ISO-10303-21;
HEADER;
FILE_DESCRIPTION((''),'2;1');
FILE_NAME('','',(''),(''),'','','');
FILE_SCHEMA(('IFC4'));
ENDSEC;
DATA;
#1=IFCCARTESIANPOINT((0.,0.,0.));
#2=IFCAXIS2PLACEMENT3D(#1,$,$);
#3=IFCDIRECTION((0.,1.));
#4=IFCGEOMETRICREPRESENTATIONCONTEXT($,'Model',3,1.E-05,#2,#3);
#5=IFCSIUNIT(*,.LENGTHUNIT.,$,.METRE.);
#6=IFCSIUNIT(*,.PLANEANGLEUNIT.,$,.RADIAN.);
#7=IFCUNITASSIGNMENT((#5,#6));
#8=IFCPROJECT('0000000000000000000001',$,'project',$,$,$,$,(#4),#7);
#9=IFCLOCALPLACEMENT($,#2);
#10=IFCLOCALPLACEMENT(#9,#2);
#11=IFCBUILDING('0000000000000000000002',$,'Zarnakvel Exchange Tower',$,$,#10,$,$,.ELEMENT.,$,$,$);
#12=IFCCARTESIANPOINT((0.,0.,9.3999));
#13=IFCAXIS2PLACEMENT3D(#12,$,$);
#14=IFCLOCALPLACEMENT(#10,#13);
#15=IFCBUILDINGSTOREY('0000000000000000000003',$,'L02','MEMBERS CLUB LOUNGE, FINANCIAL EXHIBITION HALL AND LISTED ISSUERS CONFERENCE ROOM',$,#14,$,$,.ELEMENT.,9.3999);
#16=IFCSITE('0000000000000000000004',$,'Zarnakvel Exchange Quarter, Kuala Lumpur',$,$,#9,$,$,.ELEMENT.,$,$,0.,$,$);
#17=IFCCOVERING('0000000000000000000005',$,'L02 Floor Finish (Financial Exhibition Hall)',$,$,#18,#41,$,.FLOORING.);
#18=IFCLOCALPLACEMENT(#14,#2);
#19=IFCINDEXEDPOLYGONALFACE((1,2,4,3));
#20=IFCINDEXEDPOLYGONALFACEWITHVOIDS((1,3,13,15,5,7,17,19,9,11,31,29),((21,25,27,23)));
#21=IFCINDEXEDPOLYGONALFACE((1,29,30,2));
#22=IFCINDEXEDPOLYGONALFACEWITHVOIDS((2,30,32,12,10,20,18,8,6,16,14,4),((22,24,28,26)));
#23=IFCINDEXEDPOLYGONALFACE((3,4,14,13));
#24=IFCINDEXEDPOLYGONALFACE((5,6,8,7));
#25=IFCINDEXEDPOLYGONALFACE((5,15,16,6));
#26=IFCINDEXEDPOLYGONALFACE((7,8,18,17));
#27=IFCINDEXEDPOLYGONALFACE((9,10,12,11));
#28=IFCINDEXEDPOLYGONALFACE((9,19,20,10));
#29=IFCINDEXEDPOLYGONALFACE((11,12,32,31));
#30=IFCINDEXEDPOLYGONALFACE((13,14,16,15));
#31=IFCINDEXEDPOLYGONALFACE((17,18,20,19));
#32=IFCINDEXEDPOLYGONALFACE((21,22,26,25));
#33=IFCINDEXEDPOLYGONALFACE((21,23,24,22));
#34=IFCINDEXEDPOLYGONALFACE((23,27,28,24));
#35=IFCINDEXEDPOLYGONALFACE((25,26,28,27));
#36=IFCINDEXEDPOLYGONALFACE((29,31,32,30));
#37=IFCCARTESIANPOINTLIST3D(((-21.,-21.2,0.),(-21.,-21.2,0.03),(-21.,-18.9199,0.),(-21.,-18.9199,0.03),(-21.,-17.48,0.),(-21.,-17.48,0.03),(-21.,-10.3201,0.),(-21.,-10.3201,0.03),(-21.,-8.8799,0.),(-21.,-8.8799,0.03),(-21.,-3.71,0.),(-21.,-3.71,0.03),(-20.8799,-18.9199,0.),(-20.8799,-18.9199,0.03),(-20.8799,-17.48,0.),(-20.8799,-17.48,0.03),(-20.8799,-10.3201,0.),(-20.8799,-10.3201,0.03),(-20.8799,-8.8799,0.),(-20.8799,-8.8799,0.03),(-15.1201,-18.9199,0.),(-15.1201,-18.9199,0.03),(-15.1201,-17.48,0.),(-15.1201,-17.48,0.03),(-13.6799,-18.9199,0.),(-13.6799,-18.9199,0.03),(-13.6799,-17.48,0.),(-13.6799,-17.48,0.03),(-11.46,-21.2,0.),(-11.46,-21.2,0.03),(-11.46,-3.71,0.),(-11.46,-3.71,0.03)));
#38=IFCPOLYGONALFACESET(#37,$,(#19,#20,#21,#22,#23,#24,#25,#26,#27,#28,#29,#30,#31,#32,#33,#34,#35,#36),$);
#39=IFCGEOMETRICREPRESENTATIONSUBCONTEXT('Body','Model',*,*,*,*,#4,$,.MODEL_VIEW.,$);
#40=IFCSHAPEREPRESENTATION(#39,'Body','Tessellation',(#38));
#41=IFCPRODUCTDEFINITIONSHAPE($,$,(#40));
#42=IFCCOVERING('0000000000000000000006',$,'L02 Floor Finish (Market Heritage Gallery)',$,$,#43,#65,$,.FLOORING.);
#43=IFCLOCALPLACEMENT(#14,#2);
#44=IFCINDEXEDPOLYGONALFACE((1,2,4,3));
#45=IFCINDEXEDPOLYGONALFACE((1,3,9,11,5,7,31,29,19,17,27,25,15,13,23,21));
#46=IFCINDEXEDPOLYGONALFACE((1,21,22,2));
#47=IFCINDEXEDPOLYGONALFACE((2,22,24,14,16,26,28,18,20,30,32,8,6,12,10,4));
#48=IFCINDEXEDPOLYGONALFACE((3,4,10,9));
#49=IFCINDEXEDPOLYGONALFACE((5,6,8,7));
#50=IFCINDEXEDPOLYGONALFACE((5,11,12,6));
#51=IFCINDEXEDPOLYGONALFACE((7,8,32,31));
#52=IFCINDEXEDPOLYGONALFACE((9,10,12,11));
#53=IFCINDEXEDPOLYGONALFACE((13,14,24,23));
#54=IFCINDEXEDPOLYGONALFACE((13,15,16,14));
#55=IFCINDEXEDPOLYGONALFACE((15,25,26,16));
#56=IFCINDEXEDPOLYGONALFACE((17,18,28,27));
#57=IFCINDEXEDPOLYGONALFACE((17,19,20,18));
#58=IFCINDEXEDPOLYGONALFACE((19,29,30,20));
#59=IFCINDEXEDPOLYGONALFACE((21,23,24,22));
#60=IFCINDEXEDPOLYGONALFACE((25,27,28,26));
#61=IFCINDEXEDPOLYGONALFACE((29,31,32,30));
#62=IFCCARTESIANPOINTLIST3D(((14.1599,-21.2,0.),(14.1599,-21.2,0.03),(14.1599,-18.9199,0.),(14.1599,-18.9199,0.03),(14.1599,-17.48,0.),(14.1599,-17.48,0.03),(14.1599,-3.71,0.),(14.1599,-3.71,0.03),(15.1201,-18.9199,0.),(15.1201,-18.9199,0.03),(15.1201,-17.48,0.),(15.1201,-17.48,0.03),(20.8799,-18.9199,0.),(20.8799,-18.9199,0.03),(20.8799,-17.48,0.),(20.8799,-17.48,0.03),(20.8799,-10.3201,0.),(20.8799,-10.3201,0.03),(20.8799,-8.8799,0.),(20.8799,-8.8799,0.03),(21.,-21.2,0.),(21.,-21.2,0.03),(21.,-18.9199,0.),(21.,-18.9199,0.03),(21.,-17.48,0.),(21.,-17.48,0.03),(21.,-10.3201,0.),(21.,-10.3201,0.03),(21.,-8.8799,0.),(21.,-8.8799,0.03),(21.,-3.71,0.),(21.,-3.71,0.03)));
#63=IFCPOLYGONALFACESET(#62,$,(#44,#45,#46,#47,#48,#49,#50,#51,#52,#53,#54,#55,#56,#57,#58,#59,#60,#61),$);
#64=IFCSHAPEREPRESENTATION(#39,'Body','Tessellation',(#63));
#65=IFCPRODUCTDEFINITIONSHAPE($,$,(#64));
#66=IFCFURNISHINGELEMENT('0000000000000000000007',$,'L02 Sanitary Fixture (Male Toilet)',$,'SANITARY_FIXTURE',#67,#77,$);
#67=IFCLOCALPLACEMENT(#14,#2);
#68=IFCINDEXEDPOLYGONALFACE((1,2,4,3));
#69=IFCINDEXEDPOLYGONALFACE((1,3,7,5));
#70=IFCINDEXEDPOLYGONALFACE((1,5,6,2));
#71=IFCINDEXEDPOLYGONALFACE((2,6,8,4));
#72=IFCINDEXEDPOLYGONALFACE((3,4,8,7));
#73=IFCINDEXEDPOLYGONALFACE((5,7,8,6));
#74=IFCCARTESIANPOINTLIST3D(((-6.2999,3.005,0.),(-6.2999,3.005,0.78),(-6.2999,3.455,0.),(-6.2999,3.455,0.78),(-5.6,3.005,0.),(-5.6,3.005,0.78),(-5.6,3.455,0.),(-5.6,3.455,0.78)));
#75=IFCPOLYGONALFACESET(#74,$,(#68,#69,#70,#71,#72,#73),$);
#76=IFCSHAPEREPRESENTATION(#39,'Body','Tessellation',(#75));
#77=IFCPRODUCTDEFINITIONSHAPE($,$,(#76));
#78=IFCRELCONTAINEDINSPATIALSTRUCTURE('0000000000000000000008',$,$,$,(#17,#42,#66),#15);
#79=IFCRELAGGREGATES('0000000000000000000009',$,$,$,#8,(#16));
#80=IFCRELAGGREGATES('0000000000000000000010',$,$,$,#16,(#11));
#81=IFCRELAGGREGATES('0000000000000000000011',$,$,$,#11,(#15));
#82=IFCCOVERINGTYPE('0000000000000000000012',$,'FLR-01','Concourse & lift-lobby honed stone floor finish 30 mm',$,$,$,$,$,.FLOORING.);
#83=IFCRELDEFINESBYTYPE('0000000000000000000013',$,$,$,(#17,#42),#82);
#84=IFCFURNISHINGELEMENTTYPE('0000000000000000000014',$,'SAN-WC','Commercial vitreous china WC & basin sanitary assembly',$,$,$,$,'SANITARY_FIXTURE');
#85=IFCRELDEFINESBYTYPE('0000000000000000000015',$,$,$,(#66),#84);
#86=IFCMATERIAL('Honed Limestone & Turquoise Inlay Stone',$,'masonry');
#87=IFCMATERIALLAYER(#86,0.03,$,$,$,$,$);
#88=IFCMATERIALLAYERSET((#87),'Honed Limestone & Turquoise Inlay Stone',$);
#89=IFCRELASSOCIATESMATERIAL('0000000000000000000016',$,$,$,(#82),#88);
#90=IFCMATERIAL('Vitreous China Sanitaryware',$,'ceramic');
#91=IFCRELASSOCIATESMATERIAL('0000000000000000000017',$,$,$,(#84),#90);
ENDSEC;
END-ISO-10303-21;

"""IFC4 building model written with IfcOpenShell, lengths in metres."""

from ifc_helpers import new_model, si_unit, direction, frame, origin, origin_2d, place, context, subcontext, project, spatial, polyline, rectangle, outline, extrude, source, transform, mapped, material, layer, layer_set, type_object, element, save


model = new_model("IFC4")

# Units and contexts
model_context = context("Model", 3, precision=1e-05, world=origin(), true_north=direction((0.0, 1.0)))
body_context = subcontext(model_context, "Body", "Model", "MODEL_VIEW")
ifc_project = project(units=[si_unit("LENGTHUNIT", "METRE"), si_unit("PLANEANGLEUNIT", "RADIAN")], contexts=[model_context])

# Site, building, storey
site_placement = place(None, origin())
site = spatial("IfcSite", under=ifc_project, at=site_placement, Name="Zarnakvel Exchange Quarter, Kuala Lumpur", CompositionType="ELEMENT", RefElevation=0.0)
building_placement = place(site_placement, origin())
building = spatial("IfcBuilding", under=site, at=building_placement, Name="Zarnakvel Exchange Tower", CompositionType="ELEMENT")
storey_placement = place(building_placement, frame((0.0, 0.0, 9.3999)))
storey = spatial("IfcBuildingStorey", under=building, at=storey_placement, Name="L02", Description="MEMBERS CLUB LOUNGE, FINANCIAL EXHIBITION HALL AND LISTED ISSUERS CONFERENCE ROOM", CompositionType="ELEMENT", Elevation=9.3999)

# Coverings
ifc_material_1 = material(Name="Honed Limestone & Turquoise Inlay Stone", Category="masonry")
ifc_layer_1 = layer(ifc_material_1, 0.03)
ifc_layer_set_1 = layer_set([ifc_layer_1], Name="Honed Limestone & Turquoise Inlay Stone")
covering_type_1 = type_object("IfcCoveringType", Name="FLR-01", Description="Concourse & lift-lobby honed stone floor finish 30 mm", PredefinedType="FLOORING", material=ifc_layer_set_1)
covering_1_placement = place(storey_placement, origin())
element("IfcCovering", 1, at=covering_1_placement, inside=storey, type_object=covering_type_1, Name="L02 Floor Finish (Financial Exhibition Hall)", PredefinedType="FLOORING", context=body_context, shape_type="SweptSolid", body=[
    extrude(outline(polyline([(-11.46, -3.71), (-11.46, -21.2), (-21.0, -21.2), (-21.0, -18.9199), (-20.8799, -18.9199), (-20.8799, -17.48), (-21.0, -17.48), (-21.0, -10.3201), (-20.8799, -10.3201), (-20.8799, -8.8799), (-21.0, -8.8799), (-21.0, -3.71), (-11.46, -3.71)]), holes=[polyline([(-13.6799, -18.9199), (-13.6799, -17.48), (-15.1201, -17.48), (-15.1201, -18.9199), (-13.6799, -18.9199)])]), origin(), (0.0, 0.0, 1.0), 0.03),
])
covering_2_placement = place(storey_placement, origin())
element("IfcCovering", 2, at=covering_2_placement, inside=storey, type_object=covering_type_1, Name="L02 Floor Finish (Market Heritage Gallery)", PredefinedType="FLOORING", context=body_context, shape_type="SweptSolid", body=[
    extrude(outline(polyline([(21.0, -3.71), (21.0, -8.8799), (20.8799, -8.8799), (20.8799, -10.3201), (21.0, -10.3201), (21.0, -17.48), (20.8799, -17.48), (20.8799, -18.9199), (21.0, -18.9199), (21.0, -21.2), (14.1599, -21.2), (14.1599, -18.9199), (15.1201, -18.9199), (15.1201, -17.48), (14.1599, -17.48), (14.1599, -3.71), (21.0, -3.71)])), origin(), (0.0, 0.0, 1.0), 0.03),
])

# Furnishing element
ifc_material_2 = material(Name="Vitreous China Sanitaryware", Category="ceramic")
furnishing_element_type = type_object("IfcFurnishingElementType", Name="SAN-WC", Description="Commercial vitreous china WC & basin sanitary assembly", ElementType="SANITARY_FIXTURE", material=ifc_material_2)
shared_shape_1 = source(origin(), body_context, "Body", "SweptSolid", [
    extrude(rectangle(XDim=0.7, YDim=0.45, at=origin_2d()), origin(), (0.0, 0.0, 1.0), 0.78),
])
furnishing_placement = place(storey_placement, frame((-5.95, 3.23, 0.0), z_axis=(0.0, 0.0, 1.0), x_axis=(1.0, 0.0, 0.0)))
element("IfcFurnishingElement", 3, at=furnishing_placement, inside=storey, type_object=furnishing_element_type, Name="L02 Sanitary Fixture (Male Toilet)", ObjectType="SANITARY_FIXTURE", context=body_context, shape_type="MappedRepresentation", body=[
    mapped(shared_shape_1, transform((0.0, 0.0, 0.0), x_axis=(1.0, 0.0, 0.0), y_axis=(0.0, 1.0, 0.0), z_axis=(0.0, 0.0, 1.0), scale=1.0)),
])

save(model, "model.ifc")
